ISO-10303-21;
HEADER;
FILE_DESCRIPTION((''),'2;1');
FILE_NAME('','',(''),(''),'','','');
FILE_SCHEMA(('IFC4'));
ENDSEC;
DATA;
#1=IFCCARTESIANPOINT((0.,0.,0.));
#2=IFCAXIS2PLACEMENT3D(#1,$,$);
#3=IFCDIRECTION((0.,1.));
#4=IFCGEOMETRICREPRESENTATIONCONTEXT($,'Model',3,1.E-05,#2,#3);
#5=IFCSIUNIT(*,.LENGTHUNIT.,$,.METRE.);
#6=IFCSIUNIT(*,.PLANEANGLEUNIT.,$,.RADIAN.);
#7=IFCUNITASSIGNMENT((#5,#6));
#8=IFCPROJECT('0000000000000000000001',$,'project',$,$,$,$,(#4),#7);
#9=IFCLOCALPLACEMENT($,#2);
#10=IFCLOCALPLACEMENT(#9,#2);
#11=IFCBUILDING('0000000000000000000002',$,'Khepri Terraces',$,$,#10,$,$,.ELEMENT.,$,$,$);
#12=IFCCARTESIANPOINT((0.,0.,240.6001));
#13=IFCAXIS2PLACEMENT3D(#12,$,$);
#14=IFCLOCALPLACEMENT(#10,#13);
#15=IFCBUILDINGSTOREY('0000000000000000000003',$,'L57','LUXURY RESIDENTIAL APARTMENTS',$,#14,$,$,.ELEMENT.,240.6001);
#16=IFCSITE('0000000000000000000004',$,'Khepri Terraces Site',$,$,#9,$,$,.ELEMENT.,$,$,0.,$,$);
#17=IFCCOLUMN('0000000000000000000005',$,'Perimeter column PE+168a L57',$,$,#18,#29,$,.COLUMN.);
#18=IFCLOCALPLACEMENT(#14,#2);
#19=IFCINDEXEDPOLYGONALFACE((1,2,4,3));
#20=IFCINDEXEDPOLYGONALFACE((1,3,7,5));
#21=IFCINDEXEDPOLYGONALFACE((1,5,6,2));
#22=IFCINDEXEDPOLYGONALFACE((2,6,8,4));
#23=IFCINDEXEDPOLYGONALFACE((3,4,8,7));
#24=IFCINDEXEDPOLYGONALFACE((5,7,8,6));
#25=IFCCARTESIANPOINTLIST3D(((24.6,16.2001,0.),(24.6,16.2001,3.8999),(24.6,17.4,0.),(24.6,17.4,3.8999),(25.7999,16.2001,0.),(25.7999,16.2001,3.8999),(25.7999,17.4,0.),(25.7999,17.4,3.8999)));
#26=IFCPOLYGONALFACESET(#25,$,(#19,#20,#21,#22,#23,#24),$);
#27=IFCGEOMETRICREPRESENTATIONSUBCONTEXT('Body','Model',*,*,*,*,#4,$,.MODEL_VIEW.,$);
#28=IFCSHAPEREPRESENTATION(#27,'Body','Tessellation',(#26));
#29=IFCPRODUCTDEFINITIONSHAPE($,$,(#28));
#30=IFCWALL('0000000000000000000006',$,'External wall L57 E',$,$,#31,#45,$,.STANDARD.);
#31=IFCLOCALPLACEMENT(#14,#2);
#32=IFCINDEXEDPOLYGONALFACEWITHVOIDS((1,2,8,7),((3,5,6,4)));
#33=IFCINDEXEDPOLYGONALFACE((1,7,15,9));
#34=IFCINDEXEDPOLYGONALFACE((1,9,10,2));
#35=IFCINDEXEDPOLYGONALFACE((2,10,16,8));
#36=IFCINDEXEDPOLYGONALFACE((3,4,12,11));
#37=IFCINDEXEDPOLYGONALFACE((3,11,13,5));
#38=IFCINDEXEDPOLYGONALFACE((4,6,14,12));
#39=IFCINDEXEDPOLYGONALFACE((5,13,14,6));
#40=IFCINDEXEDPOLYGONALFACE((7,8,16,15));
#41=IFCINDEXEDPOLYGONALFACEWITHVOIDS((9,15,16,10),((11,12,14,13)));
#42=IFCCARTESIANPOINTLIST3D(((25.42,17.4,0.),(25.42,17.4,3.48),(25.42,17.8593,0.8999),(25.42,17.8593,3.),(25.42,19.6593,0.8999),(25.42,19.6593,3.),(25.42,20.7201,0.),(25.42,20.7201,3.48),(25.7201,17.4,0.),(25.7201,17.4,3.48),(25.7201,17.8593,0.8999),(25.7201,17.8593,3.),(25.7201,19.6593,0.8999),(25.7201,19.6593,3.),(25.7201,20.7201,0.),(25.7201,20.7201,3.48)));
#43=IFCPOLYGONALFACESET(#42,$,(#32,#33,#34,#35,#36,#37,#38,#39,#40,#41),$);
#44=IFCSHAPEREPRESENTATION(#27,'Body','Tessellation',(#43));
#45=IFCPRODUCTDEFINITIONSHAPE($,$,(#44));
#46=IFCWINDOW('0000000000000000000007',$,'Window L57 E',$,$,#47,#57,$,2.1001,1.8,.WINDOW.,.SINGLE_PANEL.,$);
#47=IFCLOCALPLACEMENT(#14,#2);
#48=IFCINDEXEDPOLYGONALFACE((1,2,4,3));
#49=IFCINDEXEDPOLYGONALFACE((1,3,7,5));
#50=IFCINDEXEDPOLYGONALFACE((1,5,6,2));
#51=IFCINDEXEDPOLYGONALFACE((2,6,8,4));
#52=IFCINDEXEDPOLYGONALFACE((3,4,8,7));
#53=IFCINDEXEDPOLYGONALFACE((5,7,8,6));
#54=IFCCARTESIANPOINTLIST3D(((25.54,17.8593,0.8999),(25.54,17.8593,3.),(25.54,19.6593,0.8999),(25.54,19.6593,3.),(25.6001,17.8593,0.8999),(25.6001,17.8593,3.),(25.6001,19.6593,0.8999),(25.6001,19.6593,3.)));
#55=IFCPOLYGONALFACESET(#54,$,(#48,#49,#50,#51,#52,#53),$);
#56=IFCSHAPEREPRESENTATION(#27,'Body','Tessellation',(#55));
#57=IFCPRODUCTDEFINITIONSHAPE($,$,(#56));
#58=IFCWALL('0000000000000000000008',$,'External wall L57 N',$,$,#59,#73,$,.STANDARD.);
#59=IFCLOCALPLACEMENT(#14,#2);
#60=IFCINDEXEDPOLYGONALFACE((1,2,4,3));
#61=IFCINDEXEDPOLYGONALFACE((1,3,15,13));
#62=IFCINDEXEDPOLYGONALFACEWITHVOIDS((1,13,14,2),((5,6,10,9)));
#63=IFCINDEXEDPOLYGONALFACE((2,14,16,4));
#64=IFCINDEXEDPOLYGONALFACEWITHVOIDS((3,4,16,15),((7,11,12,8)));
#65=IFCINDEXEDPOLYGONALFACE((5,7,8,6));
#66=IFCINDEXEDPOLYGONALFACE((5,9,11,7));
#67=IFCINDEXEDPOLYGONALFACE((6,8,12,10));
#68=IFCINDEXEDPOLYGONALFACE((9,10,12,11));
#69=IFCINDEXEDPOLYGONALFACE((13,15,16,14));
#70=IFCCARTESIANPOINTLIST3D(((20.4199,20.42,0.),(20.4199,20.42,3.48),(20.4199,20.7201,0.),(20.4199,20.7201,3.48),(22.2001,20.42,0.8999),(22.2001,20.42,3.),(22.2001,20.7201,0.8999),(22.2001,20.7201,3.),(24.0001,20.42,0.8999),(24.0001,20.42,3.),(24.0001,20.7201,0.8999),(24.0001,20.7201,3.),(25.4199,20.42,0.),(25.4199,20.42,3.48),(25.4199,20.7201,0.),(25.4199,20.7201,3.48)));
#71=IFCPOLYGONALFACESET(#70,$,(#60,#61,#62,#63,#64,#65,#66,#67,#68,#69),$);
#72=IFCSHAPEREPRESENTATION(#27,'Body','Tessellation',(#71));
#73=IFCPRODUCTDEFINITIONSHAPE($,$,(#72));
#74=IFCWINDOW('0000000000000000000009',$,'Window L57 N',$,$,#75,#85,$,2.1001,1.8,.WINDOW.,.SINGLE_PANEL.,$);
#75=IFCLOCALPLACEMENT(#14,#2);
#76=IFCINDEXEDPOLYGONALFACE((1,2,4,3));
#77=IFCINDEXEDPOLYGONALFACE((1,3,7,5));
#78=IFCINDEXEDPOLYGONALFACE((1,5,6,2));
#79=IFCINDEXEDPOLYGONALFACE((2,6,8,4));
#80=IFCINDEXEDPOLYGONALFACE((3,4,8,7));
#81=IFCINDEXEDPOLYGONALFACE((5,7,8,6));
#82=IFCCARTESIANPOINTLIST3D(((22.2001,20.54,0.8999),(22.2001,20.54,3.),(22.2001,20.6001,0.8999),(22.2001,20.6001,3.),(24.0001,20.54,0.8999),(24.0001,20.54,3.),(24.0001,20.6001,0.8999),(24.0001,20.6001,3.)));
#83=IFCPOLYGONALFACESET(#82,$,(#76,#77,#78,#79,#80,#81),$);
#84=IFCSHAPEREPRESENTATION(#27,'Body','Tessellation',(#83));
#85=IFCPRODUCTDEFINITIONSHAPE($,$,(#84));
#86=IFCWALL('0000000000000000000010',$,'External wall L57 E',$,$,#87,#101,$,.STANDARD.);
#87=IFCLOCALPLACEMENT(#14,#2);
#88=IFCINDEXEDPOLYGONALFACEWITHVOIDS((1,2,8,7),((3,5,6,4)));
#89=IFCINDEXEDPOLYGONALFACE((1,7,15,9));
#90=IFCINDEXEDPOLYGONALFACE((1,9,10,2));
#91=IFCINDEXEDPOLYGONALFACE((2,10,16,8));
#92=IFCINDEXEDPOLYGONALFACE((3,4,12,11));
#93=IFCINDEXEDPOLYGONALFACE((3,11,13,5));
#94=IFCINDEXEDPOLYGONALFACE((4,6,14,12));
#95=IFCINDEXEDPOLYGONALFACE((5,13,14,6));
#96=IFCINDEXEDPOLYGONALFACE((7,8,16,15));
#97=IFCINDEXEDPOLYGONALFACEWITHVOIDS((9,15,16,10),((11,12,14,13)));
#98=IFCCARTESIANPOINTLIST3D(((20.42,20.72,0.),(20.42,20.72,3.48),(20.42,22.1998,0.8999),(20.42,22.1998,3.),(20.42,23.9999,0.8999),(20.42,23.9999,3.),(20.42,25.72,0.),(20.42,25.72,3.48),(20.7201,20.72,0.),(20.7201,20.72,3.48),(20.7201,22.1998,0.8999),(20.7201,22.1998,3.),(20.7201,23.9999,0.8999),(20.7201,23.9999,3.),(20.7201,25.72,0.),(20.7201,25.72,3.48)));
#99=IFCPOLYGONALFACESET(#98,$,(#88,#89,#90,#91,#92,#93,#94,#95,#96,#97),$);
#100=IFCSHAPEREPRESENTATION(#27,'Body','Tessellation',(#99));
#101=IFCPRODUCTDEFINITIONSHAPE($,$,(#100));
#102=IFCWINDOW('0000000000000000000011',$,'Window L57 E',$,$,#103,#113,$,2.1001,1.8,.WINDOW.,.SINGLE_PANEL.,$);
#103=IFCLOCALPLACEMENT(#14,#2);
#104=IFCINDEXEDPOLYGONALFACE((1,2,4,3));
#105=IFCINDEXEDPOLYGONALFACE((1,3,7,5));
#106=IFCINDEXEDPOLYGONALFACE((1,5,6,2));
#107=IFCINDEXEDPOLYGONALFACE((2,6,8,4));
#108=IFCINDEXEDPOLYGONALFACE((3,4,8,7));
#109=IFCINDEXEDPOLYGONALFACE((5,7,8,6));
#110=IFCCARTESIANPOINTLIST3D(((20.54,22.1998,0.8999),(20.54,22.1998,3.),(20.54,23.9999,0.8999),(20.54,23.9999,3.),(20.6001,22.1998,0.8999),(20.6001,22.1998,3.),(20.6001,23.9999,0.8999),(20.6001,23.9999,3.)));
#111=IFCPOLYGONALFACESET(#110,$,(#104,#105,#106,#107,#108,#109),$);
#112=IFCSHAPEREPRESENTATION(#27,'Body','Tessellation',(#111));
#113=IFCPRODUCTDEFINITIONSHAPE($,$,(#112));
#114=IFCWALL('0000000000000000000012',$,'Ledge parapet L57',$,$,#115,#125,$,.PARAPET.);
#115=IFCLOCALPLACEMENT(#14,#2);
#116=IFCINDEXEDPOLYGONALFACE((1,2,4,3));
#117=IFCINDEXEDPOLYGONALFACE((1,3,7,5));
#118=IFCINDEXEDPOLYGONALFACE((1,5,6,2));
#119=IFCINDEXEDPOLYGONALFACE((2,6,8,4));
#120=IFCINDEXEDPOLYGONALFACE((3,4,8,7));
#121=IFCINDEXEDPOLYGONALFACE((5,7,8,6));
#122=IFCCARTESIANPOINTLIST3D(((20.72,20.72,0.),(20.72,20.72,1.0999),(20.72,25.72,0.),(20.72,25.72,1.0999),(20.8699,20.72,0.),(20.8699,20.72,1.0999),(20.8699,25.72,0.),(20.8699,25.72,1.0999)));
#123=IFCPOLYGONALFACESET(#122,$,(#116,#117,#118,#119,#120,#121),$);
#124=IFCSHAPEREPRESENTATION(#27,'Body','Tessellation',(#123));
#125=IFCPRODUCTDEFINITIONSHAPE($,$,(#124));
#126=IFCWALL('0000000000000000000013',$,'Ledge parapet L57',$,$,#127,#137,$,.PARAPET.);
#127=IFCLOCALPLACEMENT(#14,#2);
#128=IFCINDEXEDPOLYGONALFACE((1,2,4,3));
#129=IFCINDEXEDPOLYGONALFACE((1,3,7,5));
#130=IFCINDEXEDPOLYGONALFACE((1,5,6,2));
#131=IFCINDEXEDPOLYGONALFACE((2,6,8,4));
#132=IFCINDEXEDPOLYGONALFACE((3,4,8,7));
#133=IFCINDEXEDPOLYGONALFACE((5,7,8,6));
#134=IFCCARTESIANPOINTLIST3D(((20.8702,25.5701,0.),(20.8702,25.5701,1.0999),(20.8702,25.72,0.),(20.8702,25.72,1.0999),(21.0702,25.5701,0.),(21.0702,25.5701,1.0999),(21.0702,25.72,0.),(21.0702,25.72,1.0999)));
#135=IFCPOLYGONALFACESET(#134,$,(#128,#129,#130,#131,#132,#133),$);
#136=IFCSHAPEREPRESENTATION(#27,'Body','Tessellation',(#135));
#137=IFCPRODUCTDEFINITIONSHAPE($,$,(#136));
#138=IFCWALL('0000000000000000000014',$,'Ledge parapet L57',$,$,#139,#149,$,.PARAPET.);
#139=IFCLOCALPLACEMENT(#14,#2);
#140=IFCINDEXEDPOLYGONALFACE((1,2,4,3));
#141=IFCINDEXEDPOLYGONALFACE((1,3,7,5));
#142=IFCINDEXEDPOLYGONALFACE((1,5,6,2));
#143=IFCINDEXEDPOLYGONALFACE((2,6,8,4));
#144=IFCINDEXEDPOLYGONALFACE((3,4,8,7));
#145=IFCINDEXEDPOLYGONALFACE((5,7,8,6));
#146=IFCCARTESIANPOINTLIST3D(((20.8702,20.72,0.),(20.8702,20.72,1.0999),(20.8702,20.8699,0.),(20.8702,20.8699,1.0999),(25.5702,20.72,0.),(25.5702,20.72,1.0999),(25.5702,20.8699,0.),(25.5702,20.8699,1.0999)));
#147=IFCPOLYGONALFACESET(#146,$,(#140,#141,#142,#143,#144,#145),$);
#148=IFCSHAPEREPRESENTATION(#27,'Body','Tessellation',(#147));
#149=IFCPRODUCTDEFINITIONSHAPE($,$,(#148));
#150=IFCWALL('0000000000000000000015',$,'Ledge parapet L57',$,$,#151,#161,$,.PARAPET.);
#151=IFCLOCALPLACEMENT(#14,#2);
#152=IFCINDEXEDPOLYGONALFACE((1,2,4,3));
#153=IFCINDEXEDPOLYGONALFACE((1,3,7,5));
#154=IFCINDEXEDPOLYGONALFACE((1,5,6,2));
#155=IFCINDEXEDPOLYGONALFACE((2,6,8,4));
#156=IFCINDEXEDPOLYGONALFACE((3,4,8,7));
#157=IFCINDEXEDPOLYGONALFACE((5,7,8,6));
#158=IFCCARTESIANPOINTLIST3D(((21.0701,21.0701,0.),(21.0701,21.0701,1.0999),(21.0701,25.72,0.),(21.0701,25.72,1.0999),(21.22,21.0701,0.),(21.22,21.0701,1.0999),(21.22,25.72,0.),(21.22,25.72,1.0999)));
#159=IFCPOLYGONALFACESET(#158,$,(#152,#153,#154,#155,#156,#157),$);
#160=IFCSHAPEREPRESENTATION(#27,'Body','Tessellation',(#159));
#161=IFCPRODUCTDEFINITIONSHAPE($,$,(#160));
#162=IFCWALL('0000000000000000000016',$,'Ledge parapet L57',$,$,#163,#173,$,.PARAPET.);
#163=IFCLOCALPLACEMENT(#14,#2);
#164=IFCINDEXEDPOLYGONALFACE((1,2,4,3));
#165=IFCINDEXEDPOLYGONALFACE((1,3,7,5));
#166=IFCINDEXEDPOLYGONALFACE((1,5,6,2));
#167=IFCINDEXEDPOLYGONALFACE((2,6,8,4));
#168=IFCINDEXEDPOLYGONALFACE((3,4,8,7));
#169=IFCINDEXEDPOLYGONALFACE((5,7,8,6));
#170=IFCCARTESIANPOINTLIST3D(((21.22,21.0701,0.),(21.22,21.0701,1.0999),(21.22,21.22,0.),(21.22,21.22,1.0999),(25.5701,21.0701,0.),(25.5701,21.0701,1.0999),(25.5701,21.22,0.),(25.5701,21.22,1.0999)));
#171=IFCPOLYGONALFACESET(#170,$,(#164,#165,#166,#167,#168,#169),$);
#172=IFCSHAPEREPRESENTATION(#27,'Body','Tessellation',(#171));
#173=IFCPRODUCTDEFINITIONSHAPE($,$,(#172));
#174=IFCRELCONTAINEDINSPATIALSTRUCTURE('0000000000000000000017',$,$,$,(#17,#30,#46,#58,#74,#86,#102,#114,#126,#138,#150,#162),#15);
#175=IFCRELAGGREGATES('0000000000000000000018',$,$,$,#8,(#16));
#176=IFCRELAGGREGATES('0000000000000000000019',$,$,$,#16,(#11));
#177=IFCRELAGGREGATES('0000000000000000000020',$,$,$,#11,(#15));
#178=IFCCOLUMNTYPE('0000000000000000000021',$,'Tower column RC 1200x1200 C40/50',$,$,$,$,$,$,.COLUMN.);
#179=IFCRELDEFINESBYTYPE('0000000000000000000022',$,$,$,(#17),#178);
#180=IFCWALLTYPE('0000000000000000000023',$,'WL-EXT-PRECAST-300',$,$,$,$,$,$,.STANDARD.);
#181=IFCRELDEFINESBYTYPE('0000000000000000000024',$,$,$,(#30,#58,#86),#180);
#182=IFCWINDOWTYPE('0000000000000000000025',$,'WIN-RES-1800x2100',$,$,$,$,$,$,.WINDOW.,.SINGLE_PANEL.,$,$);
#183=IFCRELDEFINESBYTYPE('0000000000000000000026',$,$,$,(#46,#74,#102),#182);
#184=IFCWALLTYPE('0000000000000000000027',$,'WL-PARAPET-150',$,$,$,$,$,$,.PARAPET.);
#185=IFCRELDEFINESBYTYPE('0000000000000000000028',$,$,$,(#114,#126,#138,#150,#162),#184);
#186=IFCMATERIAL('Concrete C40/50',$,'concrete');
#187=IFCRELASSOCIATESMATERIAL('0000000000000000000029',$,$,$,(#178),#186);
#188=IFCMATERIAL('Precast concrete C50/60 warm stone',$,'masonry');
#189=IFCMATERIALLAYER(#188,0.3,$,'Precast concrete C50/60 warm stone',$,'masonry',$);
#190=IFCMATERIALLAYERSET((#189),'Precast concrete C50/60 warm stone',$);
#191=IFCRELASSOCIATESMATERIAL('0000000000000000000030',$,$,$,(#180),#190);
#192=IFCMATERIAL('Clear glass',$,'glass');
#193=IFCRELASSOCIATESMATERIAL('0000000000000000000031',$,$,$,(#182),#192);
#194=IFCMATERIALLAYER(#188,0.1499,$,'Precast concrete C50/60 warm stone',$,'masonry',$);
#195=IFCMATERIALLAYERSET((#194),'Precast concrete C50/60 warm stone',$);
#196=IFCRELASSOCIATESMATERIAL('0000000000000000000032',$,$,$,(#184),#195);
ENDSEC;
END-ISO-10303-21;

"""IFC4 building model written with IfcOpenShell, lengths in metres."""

from ifc_helpers import new_model, si_unit, direction, frame, frame_2d, origin, origin_2d, place, context, subcontext, project, spatial, rectangle, extrude, material, layer, layer_set, material_profile, profile_set, type_object, element, fill, save


model = new_model("IFC4")

# Units and contexts
model_context = context("Model", 3, precision=1e-05, world=origin(), true_north=direction((0.0, 1.0)))
body_context = subcontext(model_context, "Body", "Model", "MODEL_VIEW")
ifc_project = project(units=[si_unit("LENGTHUNIT", "METRE"), si_unit("PLANEANGLEUNIT", "RADIAN")], contexts=[model_context])

# Site, building, storey
site_placement = place(None, origin())
site = spatial("IfcSite", under=ifc_project, at=site_placement, Name="Khepri Terraces Site", CompositionType="ELEMENT", RefElevation=0.0)
building_placement = place(site_placement, origin())
building = spatial("IfcBuilding", under=site, at=building_placement, Name="Khepri Terraces", CompositionType="ELEMENT")
storey_placement = place(building_placement, frame((0.0, 0.0, 240.6001)))
storey = spatial("IfcBuildingStorey", under=building, at=storey_placement, Name="L57", Description="LUXURY RESIDENTIAL APARTMENTS", CompositionType="ELEMENT", Elevation=240.6001)

# Column
ifc_material_1 = material(Name="Concrete C40/50", Category="concrete")
ifc_material_profile = material_profile(ifc_material_1, rectangle(XDim=1.2, YDim=1.2, at=origin_2d()), Name="Concrete C40/50", Category="concrete")
ifc_profile_set = profile_set([ifc_material_profile], Name="Concrete C40/50")
column_type = type_object("IfcColumnType", Name="Tower column RC 1200x1200 C40/50", PredefinedType="COLUMN", material=ifc_profile_set)
column_placement = place(storey_placement, frame((25.2, 16.8, 0.0), z_axis=(0.0, 0.0, 1.0), x_axis=(1.0, 0.0, 0.0)))
element("IfcColumn", 1, at=column_placement, inside=storey, type_object=column_type, Name="Perimeter column PE+168a L57", PredefinedType="COLUMN", context=body_context, shape_type="SweptSolid", body=[
    extrude(rectangle(XDim=1.2, YDim=1.2, at=origin_2d()), origin(), (0.0, 0.0, 1.0), 3.8999),
])

# Walls, openings, windows
ifc_material_2 = material(Name="Precast concrete C50/60 warm stone", Category="masonry")
ifc_layer_1 = layer(ifc_material_2, 0.3, Name="Precast concrete C50/60 warm stone", Category="masonry")
ifc_layer_set_1 = layer_set([ifc_layer_1], Name="Precast concrete C50/60 warm stone")
wall_type_1 = type_object("IfcWallType", Name="WL-EXT-PRECAST-300", PredefinedType="STANDARD", material=ifc_layer_set_1)
wall_1_placement = place(storey_placement, frame((25.5701, 17.3999, 0.0), z_axis=(0.0, 0.0, 1.0), x_axis=(0.0, 1.0, 0.0)))
wall_1 = element("IfcWall", 2, at=wall_1_placement, inside=storey, type_object=wall_type_1, Name="External wall L57 E", PredefinedType="STANDARD", context=body_context, shape_type="SweptSolid", body=[
    extrude(rectangle(XDim=3.3201, YDim=0.3, at=frame_2d((1.6602, 0.0))), origin(), (0.0, 0.0, 1.0), 3.48),
])
opening_1_placement = place(wall_1_placement, frame((0.4595, 0.0, 0.8999)))
opening_1 = element("IfcOpeningElement", 3, at=opening_1_placement, cuts=wall_1, PredefinedType="OPENING", context=body_context, shape_type="SweptSolid", body=[
    extrude(rectangle(XDim=1.8, YDim=2.1001, at=frame_2d((0.8999, 1.05))), frame((0.0, 0.1602, 0.0), z_axis=(0.0, -1.0, 0.0), x_axis=(1.0, 0.0, 0.0)), (0.0, 0.0, 1.0), 0.3201),
])
ifc_material_3 = material(Name="Clear glass", Category="glass")
window_type = type_object("IfcWindowType", Name="WIN-RES-1800x2100", PartitioningType="SINGLE_PANEL", PredefinedType="WINDOW", material=ifc_material_3)
window_1_placement = place(opening_1_placement, origin())
window_1 = element("IfcWindow", 4, at=window_1_placement, inside=storey, type_object=window_type, Name="Window L57 E", OverallHeight=2.1001, OverallWidth=1.8, PartitioningType="SINGLE_PANEL", PredefinedType="WINDOW", context=body_context, shape_type="SweptSolid", body=[
    extrude(rectangle(XDim=1.8, YDim=2.1001, at=frame_2d((0.8999, 1.05))), frame((0.0, 0.03, 0.0), z_axis=(0.0, -1.0, 0.0), x_axis=(1.0, 0.0, 0.0)), (0.0, 0.0, 1.0), 0.0601),
])
fill(opening_1, window_1)
wall_2_placement = place(storey_placement, frame((25.4199, 20.5701, 0.0), z_axis=(0.0, 0.0, 1.0), x_axis=(-1.0, 0.0, 0.0)))
wall_2 = element("IfcWall", 5, at=wall_2_placement, inside=storey, type_object=wall_type_1, Name="External wall L57 N", PredefinedType="STANDARD", context=body_context, shape_type="SweptSolid", body=[
    extrude(rectangle(XDim=5.0, YDim=0.3, at=frame_2d((2.5, 0.0))), origin(), (0.0, 0.0, 1.0), 3.48),
])
opening_2_placement = place(wall_2_placement, frame((1.4199, 0.0, 0.8999)))
opening_2 = element("IfcOpeningElement", 6, at=opening_2_placement, cuts=wall_2, PredefinedType="OPENING", context=body_context, shape_type="SweptSolid", body=[
    extrude(rectangle(XDim=1.8, YDim=2.1001, at=frame_2d((0.8999, 1.05))), frame((0.0, 0.1602, 0.0), z_axis=(0.0, -1.0, 0.0), x_axis=(1.0, 0.0, 0.0)), (0.0, 0.0, 1.0), 0.3201),
])
window_2_placement = place(opening_2_placement, origin())
window_2 = element("IfcWindow", 7, at=window_2_placement, inside=storey, type_object=window_type, Name="Window L57 N", OverallHeight=2.1001, OverallWidth=1.8, PartitioningType="SINGLE_PANEL", PredefinedType="WINDOW", context=body_context, shape_type="SweptSolid", body=[
    extrude(rectangle(XDim=1.8, YDim=2.1001, at=frame_2d((0.8999, 1.05))), frame((0.0, 0.03, 0.0), z_axis=(0.0, -1.0, 0.0), x_axis=(1.0, 0.0, 0.0)), (0.0, 0.0, 1.0), 0.0601),
])
fill(opening_2, window_2)
wall_3_placement = place(storey_placement, frame((20.5701, 20.72, 0.0), z_axis=(0.0, 0.0, 1.0), x_axis=(0.0, 1.0, 0.0)))
wall_3 = element("IfcWall", 8, at=wall_3_placement, inside=storey, type_object=wall_type_1, Name="External wall L57 E", PredefinedType="STANDARD", context=body_context, shape_type="SweptSolid", body=[
    extrude(rectangle(XDim=5.0, YDim=0.3, at=frame_2d((2.5, 0.0))), origin(), (0.0, 0.0, 1.0), 3.48),
])
opening_3_placement = place(wall_3_placement, frame((1.48, 0.0, 0.8999)))
opening_3 = element("IfcOpeningElement", 9, at=opening_3_placement, cuts=wall_3, PredefinedType="OPENING", context=body_context, shape_type="SweptSolid", body=[
    extrude(rectangle(XDim=1.8, YDim=2.1001, at=frame_2d((0.8999, 1.05))), frame((0.0, 0.1602, 0.0), z_axis=(0.0, -1.0, 0.0), x_axis=(1.0, 0.0, 0.0)), (0.0, 0.0, 1.0), 0.3201),
])
window_3_placement = place(opening_3_placement, origin())
window_3 = element("IfcWindow", 10, at=window_3_placement, inside=storey, type_object=window_type, Name="Window L57 E", OverallHeight=2.1001, OverallWidth=1.8, PartitioningType="SINGLE_PANEL", PredefinedType="WINDOW", context=body_context, shape_type="SweptSolid", body=[
    extrude(rectangle(XDim=1.8, YDim=2.1001, at=frame_2d((0.8999, 1.05))), frame((0.0, 0.03, 0.0), z_axis=(0.0, -1.0, 0.0), x_axis=(1.0, 0.0, 0.0)), (0.0, 0.0, 1.0), 0.0601),
])
fill(opening_3, window_3)

# Walls
ifc_layer_2 = layer(ifc_material_2, 0.1499, Name="Precast concrete C50/60 warm stone", Category="masonry")
ifc_layer_set_2 = layer_set([ifc_layer_2], Name="Precast concrete C50/60 warm stone")
wall_type_2 = type_object("IfcWallType", Name="WL-PARAPET-150", PredefinedType="PARAPET", material=ifc_layer_set_2)
wall_4_placement = place(storey_placement, frame((20.7949, 20.72, 0.0), z_axis=(0.0, 0.0, 1.0), x_axis=(0.0, 1.0, 0.0)))
element("IfcWall", 11, at=wall_4_placement, inside=storey, type_object=wall_type_2, Name="Ledge parapet L57", PredefinedType="PARAPET", context=body_context, shape_type="SweptSolid", body=[
    extrude(rectangle(XDim=5.0, YDim=0.1499, at=frame_2d((2.5, 0.0))), origin(), (0.0, 0.0, 1.0), 1.0999),
])
wall_5_placement = place(storey_placement, frame((20.8701, 25.645, 0.0), z_axis=(0.0, 0.0, 1.0), x_axis=(1.0, 0.0, 0.0)))
element("IfcWall", 12, at=wall_5_placement, inside=storey, type_object=wall_type_2, Name="Ledge parapet L57", PredefinedType="PARAPET", context=body_context, shape_type="SweptSolid", body=[
    extrude(rectangle(XDim=0.2, YDim=0.1499, at=frame_2d((0.1001, 0.0))), origin(), (0.0, 0.0, 1.0), 1.0999),
])
wall_6_placement = place(storey_placement, frame((20.8701, 20.7949, 0.0), z_axis=(0.0, 0.0, 1.0), x_axis=(1.0, 0.0, 0.0)))
element("IfcWall", 13, at=wall_6_placement, inside=storey, type_object=wall_type_2, Name="Ledge parapet L57", PredefinedType="PARAPET", context=body_context, shape_type="SweptSolid", body=[
    extrude(rectangle(XDim=4.7, YDim=0.1499, at=frame_2d((2.3501, 0.0))), origin(), (0.0, 0.0, 1.0), 1.0999),
])
wall_7_placement = place(storey_placement, frame((21.145, 21.0701, 0.0), z_axis=(0.0, 0.0, 1.0), x_axis=(0.0, 1.0, 0.0)))
element("IfcWall", 14, at=wall_7_placement, inside=storey, type_object=wall_type_2, Name="Ledge parapet L57", PredefinedType="PARAPET", context=body_context, shape_type="SweptSolid", body=[
    extrude(rectangle(XDim=4.6499, YDim=0.1499, at=frame_2d((2.325, 0.0))), origin(), (0.0, 0.0, 1.0), 1.0999),
])
wall_8_placement = place(storey_placement, frame((21.22, 21.145, 0.0), z_axis=(0.0, 0.0, 1.0), x_axis=(1.0, 0.0, 0.0)))
element("IfcWall", 15, at=wall_8_placement, inside=storey, type_object=wall_type_2, Name="Ledge parapet L57", PredefinedType="PARAPET", context=body_context, shape_type="SweptSolid", body=[
    extrude(rectangle(XDim=4.3501, YDim=0.1499, at=frame_2d((2.175, 0.0))), origin(), (0.0, 0.0, 1.0), 1.0999),
])

save(model, "model.ifc")
